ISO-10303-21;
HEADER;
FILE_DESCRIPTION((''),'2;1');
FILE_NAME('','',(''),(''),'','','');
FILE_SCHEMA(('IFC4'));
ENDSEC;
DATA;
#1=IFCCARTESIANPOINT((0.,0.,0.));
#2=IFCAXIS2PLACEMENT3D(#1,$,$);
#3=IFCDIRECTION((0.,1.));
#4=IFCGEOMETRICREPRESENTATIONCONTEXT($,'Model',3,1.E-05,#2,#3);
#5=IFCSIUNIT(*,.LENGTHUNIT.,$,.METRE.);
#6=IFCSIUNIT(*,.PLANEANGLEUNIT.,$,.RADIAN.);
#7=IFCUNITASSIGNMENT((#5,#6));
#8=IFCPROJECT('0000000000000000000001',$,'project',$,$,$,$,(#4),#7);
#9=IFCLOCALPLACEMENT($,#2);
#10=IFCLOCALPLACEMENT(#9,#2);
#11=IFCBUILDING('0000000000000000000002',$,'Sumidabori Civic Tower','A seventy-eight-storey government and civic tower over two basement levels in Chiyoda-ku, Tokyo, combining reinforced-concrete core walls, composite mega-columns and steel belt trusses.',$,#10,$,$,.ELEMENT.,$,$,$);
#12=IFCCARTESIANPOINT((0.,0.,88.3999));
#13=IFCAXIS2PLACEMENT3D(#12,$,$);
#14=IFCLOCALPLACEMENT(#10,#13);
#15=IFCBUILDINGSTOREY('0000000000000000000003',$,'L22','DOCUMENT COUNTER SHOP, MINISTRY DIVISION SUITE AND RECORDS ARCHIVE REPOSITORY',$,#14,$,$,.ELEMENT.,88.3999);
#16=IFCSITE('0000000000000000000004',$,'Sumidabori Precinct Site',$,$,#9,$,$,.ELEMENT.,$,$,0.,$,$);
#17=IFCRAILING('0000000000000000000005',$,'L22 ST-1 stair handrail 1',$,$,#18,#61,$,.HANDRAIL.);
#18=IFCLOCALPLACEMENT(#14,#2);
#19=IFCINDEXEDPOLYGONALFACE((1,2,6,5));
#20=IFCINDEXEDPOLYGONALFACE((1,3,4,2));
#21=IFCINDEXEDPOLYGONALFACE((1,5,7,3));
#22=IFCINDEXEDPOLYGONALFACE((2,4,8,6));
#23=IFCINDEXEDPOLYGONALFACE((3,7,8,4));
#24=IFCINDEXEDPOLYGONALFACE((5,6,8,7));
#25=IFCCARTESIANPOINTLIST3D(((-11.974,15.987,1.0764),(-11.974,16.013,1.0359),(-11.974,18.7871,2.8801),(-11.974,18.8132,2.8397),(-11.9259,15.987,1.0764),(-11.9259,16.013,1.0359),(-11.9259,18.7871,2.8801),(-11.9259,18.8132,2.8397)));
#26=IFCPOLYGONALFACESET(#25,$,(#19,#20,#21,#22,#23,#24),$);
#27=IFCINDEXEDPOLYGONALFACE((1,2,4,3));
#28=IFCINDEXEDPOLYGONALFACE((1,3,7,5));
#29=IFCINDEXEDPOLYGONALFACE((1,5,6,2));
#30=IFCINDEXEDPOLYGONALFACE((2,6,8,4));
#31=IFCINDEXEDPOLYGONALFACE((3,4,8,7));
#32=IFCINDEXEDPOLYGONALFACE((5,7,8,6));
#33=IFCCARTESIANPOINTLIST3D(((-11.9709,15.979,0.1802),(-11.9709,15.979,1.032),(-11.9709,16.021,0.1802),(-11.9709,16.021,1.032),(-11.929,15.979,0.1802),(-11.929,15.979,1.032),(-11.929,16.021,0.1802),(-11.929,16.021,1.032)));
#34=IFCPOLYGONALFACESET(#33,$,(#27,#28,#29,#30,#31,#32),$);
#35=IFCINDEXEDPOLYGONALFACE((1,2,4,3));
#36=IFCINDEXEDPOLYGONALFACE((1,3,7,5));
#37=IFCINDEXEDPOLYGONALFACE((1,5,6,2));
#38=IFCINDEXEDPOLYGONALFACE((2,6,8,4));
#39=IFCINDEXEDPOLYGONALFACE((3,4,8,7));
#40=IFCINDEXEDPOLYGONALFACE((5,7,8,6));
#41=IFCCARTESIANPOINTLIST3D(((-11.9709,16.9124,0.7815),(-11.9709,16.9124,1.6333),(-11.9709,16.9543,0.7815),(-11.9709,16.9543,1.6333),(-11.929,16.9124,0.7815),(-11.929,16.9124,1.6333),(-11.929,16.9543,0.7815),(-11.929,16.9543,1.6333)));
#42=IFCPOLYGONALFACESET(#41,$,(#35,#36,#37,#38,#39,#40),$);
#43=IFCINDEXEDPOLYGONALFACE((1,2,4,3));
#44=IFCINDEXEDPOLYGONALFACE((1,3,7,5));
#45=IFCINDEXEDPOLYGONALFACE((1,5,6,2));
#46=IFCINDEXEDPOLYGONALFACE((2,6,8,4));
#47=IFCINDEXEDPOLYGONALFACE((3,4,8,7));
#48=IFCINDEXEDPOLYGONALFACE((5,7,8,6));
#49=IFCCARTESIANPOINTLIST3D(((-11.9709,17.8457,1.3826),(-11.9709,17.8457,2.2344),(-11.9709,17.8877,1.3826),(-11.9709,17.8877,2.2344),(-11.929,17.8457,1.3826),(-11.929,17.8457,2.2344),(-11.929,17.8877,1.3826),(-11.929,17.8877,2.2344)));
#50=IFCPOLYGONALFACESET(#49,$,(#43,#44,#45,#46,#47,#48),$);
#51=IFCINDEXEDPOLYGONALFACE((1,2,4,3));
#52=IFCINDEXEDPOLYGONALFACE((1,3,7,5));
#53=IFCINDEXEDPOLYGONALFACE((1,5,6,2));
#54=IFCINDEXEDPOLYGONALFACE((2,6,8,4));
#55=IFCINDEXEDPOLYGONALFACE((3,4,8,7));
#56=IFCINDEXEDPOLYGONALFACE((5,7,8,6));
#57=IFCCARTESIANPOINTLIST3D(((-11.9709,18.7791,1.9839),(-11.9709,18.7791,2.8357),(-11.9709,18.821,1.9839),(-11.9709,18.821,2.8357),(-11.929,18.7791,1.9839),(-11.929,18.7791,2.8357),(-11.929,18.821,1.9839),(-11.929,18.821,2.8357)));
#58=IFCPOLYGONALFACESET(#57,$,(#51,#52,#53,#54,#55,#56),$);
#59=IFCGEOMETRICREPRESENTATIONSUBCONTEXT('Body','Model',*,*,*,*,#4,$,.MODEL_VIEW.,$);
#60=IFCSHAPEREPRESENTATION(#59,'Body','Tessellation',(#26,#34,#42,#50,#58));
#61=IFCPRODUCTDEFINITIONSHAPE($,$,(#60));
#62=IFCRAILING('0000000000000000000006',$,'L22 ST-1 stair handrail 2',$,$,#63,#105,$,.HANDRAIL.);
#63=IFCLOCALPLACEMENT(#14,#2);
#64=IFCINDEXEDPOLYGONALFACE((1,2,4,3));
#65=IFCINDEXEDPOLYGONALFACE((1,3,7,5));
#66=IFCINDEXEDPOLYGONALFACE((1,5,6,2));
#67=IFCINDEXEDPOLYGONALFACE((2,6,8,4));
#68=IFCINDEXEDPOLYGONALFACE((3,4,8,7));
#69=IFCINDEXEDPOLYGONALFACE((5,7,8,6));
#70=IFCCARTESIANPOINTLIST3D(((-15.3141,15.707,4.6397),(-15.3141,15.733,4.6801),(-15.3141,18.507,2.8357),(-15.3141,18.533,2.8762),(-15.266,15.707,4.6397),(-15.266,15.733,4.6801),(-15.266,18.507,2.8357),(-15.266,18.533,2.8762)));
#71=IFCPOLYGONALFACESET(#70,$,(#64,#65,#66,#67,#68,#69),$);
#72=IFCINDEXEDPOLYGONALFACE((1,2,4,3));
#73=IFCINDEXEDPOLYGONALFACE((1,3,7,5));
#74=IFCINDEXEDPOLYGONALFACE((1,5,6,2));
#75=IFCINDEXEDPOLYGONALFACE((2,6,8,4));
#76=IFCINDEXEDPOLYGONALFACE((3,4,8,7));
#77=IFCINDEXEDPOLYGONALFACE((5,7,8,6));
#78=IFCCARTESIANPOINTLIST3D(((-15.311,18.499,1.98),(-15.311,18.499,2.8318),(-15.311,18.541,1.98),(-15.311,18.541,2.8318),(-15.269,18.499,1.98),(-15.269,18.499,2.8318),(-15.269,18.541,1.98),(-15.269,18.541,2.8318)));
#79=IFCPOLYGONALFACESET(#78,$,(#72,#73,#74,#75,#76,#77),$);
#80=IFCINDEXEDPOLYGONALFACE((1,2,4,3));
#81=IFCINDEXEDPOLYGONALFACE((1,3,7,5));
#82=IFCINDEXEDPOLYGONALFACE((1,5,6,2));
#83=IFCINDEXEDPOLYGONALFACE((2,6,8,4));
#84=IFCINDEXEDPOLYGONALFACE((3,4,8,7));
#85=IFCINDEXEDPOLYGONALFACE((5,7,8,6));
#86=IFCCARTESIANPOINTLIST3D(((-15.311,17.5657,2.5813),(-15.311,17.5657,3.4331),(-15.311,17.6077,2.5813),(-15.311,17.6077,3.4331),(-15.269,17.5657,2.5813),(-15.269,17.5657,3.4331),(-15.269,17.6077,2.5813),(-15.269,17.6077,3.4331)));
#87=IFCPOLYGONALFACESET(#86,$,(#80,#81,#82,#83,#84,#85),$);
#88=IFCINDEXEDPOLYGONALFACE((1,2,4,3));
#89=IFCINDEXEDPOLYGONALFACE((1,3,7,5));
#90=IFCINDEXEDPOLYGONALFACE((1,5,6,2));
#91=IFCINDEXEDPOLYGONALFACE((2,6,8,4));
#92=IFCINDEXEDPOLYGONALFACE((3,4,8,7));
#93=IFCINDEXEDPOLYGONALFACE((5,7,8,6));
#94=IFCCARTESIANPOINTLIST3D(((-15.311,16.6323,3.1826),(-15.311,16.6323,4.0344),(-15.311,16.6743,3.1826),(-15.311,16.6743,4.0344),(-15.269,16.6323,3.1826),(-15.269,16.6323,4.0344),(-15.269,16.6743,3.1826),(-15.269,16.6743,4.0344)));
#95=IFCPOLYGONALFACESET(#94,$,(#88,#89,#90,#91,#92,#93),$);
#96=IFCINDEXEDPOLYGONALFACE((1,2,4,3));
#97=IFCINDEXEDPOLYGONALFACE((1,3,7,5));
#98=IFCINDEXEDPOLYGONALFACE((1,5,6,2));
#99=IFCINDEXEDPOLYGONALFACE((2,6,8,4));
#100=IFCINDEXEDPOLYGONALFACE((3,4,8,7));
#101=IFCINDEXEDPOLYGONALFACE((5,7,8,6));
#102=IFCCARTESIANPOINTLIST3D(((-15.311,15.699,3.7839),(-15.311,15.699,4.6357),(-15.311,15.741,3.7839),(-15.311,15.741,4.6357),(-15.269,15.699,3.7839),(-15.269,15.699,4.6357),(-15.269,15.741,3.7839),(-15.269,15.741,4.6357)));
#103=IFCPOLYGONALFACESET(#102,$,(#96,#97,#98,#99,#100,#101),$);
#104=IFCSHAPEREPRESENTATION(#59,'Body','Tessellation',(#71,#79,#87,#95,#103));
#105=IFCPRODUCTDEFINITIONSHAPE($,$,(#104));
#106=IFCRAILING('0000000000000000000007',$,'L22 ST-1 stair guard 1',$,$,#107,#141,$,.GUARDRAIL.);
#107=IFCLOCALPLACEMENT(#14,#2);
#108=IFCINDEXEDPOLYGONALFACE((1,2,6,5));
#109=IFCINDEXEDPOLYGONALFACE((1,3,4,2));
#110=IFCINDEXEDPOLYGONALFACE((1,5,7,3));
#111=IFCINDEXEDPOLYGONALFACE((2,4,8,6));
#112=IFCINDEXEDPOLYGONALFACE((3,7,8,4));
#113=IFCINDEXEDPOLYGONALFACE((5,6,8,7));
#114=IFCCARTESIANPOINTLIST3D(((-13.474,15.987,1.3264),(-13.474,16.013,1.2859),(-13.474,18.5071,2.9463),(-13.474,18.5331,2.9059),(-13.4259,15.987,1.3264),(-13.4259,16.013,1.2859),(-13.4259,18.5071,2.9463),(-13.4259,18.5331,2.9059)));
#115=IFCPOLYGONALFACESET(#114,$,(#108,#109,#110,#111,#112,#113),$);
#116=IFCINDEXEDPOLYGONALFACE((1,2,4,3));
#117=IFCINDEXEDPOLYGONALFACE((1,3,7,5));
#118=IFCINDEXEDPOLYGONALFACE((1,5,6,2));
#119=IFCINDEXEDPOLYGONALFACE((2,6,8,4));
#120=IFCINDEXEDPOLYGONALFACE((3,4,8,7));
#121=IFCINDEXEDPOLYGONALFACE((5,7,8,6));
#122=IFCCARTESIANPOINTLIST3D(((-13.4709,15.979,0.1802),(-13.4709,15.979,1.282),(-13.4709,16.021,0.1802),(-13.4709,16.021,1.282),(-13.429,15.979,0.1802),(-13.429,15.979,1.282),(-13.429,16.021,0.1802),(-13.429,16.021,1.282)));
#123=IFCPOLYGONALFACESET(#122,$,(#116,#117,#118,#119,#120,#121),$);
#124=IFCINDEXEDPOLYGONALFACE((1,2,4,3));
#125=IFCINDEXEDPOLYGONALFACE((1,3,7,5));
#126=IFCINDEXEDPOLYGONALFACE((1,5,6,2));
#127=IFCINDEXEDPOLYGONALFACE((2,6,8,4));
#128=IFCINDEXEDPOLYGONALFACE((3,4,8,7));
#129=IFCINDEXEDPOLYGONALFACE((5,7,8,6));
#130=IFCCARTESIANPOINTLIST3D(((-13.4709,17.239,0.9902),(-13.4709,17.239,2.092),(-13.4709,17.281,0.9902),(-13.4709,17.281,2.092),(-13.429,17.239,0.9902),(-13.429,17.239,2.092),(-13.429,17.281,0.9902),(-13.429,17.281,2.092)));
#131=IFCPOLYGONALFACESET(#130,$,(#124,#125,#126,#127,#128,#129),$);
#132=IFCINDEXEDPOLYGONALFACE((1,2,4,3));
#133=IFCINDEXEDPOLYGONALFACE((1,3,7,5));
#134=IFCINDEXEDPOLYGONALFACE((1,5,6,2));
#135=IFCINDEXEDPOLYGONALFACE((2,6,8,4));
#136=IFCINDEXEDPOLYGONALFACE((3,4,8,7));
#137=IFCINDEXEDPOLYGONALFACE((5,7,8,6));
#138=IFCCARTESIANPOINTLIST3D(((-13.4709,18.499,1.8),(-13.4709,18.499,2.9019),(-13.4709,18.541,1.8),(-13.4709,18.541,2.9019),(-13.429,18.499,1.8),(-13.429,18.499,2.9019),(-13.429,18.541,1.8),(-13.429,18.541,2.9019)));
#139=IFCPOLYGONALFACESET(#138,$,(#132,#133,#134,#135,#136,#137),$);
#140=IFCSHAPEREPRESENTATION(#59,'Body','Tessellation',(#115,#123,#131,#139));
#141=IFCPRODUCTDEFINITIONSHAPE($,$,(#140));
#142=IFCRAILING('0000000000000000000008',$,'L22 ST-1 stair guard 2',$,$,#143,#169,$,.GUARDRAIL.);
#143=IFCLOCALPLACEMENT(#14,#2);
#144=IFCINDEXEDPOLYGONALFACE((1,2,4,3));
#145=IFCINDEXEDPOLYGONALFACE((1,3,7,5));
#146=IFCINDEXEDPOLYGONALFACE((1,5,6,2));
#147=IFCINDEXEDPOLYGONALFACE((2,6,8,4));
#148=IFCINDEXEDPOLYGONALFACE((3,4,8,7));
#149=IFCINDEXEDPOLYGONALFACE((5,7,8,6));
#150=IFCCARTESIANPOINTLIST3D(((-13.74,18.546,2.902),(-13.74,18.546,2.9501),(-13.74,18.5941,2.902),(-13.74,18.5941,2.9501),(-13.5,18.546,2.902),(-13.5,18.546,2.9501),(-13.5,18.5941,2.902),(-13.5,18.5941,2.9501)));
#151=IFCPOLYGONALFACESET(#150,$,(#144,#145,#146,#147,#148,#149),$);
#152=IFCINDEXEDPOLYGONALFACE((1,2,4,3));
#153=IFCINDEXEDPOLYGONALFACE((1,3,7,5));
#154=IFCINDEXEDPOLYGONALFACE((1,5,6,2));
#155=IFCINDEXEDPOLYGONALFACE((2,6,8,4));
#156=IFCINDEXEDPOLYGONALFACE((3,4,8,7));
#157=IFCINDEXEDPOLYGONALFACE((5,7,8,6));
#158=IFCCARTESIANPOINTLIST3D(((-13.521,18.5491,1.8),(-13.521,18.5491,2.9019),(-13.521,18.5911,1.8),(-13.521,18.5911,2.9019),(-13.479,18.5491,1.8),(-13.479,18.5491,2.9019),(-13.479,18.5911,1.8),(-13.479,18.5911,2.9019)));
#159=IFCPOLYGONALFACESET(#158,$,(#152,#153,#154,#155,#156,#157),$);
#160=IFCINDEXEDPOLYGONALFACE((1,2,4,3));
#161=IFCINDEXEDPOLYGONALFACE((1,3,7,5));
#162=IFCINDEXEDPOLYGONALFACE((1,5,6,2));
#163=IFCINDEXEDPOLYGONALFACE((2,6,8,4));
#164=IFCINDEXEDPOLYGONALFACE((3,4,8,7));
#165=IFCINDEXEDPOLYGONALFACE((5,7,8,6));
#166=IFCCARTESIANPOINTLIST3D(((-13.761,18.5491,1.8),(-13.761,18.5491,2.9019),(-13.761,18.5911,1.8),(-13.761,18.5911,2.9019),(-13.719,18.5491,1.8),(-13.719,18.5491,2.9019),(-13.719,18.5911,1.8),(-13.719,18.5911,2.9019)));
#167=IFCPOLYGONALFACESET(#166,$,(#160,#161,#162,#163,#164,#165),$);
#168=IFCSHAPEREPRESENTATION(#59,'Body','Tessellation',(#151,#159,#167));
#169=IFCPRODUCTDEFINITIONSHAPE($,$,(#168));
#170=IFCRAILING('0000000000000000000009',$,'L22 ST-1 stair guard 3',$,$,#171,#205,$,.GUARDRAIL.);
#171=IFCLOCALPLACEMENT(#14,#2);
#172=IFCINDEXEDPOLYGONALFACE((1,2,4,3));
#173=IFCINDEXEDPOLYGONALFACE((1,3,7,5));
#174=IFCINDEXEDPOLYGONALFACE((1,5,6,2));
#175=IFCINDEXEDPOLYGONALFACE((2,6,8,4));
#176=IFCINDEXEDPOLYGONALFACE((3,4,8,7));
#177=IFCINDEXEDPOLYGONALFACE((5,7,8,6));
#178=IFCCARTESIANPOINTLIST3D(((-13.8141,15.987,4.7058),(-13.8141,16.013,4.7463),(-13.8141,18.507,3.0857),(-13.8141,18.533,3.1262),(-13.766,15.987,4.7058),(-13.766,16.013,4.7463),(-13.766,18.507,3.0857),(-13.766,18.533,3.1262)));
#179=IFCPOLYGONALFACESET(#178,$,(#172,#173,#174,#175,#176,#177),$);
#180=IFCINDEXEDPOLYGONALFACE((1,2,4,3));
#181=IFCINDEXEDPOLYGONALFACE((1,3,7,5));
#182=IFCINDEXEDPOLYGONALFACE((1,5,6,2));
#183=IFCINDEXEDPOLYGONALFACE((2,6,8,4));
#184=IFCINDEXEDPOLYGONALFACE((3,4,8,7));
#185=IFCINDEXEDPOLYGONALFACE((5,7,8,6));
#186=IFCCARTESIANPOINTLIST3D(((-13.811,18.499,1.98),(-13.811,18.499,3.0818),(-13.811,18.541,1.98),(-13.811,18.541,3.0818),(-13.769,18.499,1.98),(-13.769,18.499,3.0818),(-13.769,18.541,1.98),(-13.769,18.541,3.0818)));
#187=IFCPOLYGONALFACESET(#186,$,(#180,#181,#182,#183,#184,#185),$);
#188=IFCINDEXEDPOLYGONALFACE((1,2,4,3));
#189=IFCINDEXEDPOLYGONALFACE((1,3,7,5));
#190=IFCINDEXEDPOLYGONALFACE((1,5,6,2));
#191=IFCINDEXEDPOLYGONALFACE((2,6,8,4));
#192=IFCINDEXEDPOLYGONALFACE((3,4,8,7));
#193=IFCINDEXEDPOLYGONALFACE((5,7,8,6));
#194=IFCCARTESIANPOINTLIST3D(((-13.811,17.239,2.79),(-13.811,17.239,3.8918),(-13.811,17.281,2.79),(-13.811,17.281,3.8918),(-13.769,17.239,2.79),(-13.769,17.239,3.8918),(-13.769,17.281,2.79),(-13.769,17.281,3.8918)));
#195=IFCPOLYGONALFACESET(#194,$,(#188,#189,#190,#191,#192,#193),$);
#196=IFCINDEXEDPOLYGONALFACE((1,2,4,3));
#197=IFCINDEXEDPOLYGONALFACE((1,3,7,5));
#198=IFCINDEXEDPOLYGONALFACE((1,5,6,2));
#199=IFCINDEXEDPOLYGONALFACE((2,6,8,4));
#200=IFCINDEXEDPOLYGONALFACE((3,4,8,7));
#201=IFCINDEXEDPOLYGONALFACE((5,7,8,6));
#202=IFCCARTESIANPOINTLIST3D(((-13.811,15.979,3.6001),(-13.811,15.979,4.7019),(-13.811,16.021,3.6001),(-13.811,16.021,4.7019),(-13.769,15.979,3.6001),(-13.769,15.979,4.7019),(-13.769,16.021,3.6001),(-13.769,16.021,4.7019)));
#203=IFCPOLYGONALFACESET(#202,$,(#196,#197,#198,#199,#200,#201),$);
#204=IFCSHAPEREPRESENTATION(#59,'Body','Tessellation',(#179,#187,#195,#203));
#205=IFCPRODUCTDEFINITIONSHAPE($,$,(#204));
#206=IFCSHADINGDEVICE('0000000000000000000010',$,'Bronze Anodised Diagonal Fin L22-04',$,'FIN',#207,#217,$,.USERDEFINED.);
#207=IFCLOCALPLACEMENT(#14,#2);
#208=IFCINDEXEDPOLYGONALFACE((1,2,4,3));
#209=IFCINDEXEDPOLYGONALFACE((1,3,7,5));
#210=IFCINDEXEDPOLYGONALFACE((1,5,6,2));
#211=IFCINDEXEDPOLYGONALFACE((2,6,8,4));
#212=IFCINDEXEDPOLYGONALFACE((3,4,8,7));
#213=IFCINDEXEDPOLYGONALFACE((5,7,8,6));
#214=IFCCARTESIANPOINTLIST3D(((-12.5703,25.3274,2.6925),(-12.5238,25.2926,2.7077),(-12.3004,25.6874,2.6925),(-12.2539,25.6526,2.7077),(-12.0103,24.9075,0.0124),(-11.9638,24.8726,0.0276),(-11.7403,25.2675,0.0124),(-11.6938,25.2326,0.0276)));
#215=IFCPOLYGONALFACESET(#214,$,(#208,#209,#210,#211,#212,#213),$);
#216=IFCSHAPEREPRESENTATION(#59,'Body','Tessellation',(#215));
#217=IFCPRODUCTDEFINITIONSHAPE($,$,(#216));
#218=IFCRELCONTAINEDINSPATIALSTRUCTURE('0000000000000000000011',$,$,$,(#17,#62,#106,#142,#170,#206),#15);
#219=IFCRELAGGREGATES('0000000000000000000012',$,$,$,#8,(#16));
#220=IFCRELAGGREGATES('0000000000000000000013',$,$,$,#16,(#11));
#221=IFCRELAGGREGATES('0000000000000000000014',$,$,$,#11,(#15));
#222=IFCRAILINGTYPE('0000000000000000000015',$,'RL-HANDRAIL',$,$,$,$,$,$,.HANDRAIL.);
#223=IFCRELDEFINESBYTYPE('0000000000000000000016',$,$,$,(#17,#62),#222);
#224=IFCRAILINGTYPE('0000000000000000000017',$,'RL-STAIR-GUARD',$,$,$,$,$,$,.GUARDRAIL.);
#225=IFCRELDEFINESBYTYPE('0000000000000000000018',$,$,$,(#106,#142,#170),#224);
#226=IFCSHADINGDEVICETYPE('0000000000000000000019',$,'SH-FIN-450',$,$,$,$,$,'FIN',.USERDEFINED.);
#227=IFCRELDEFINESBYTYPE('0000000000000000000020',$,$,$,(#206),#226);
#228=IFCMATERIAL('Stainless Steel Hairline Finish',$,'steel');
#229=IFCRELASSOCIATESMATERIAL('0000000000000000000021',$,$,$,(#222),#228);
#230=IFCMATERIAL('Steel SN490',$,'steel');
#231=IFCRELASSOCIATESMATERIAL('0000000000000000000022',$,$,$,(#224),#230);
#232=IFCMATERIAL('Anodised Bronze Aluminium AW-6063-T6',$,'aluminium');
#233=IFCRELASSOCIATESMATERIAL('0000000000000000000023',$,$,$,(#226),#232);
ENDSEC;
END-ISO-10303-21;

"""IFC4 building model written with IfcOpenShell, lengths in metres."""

from ifc_helpers import new_model, si_unit, direction, frame, origin, origin_2d, place, context, subcontext, project, spatial, rectangle, extrude, source, transform, mapped, material, material_profile, profile_set, type_object, element, save


model = new_model("IFC4")

# Units and contexts
model_context = context("Model", 3, precision=1e-05, world=origin(), true_north=direction((0.0, 1.0)))
body_context = subcontext(model_context, "Body", "Model", "MODEL_VIEW")
ifc_project = project(units=[si_unit("LENGTHUNIT", "METRE"), si_unit("PLANEANGLEUNIT", "RADIAN")], contexts=[model_context])

# Site, building, storey
site_placement = place(None, origin())
site = spatial("IfcSite", under=ifc_project, at=site_placement, Name="Sumidabori Precinct Site", CompositionType="ELEMENT", RefElevation=0.0)
building_placement = place(site_placement, origin())
building = spatial("IfcBuilding", under=site, at=building_placement, Name="Sumidabori Civic Tower", Description="A seventy-eight-storey government and civic tower over two basement levels in Chiyoda-ku, Tokyo, combining reinforced-concrete core walls, composite mega-columns and steel belt trusses.", CompositionType="ELEMENT")
storey_placement = place(building_placement, frame((0.0, 0.0, 88.3999)))
storey = spatial("IfcBuildingStorey", under=building, at=storey_placement, Name="L22", Description="DOCUMENT COUNTER SHOP, MINISTRY DIVISION SUITE AND RECORDS ARCHIVE REPOSITORY", CompositionType="ELEMENT", Elevation=88.3999)

# Shared definitions
ifc_material_1 = material(Name="Steel SN490", Category="steel")

# Shared definitions
ifc_material_2 = material(Name="Anodised Bronze Aluminium AW-6063-T6", Category="aluminium")

# Railings
ifc_material_3 = material(Name="Stainless Steel Hairline Finish", Category="steel")
railing_type_1 = type_object("IfcRailingType", Name="RL-HANDRAIL", PredefinedType="HANDRAIL", material=ifc_material_3)
railing_1_placement = place(storey_placement, frame((-11.95, 16.0, 0.1802)))
element("IfcRailing", 1, at=railing_1_placement, inside=storey, type_object=railing_type_1, Name="L22 ST-1 stair handrail 1", PredefinedType="HANDRAIL", context=body_context, shape_type="SweptSolid", body=[
    extrude(rectangle(XDim=0.0481, YDim=0.0481, at=origin_2d()), frame((0.0, 0.0, 0.876), z_axis=(0.0, 0.840676, 0.541539), x_axis=(-1.0, 0.0, 0.0)), (0.0, 0.0, 1.0), 3.3308),
    extrude(rectangle(XDim=0.042, YDim=0.042, at=origin_2d()), origin(), (0.0, 0.0, 1.0), 0.8518),
    extrude(rectangle(XDim=0.042, YDim=0.042, at=origin_2d()), frame((0.0, 0.9333, 0.6013)), (0.0, 0.0, 1.0), 0.8518),
    extrude(rectangle(XDim=0.042, YDim=0.042, at=origin_2d()), frame((0.0, 1.8667, 1.2024)), (0.0, 0.0, 1.0), 0.8518),
    extrude(rectangle(XDim=0.042, YDim=0.042, at=origin_2d()), frame((0.0, 2.8, 1.8037)), (0.0, 0.0, 1.0), 0.8518),
])
railing_2_placement = place(storey_placement, frame((-15.29, 18.52, 1.98)))
element("IfcRailing", 2, at=railing_2_placement, inside=storey, type_object=railing_type_1, Name="L22 ST-1 stair handrail 2", PredefinedType="HANDRAIL", context=body_context, shape_type="SweptSolid", body=[
    extrude(rectangle(XDim=0.0481, YDim=0.0481, at=origin_2d()), frame((0.0, 0.0, 0.876), z_axis=(0.0, -0.840642, 0.541591), x_axis=(1.0, 0.0, 0.0)), (0.0, 0.0, 1.0), 3.3308),
    extrude(rectangle(XDim=0.042, YDim=0.042, at=origin_2d()), origin(), (0.0, 0.0, 1.0), 0.8518),
    extrude(rectangle(XDim=0.042, YDim=0.042, at=origin_2d()), frame((0.0, -0.9333, 0.6013)), (0.0, 0.0, 1.0), 0.8518),
    extrude(rectangle(XDim=0.042, YDim=0.042, at=origin_2d()), frame((0.0, -1.8667, 1.2026)), (0.0, 0.0, 1.0), 0.8518),
    extrude(rectangle(XDim=0.042, YDim=0.042, at=origin_2d()), frame((0.0, -2.8, 1.804)), (0.0, 0.0, 1.0), 0.8518),
])
railing_type_2 = type_object("IfcRailingType", Name="RL-STAIR-GUARD", PredefinedType="GUARDRAIL", material=ifc_material_1)
railing_3_placement = place(storey_placement, frame((-13.45, 16.0, 0.1802)))
element("IfcRailing", 3, at=railing_3_placement, inside=storey, type_object=railing_type_2, Name="L22 ST-1 stair guard 1", PredefinedType="GUARDRAIL", context=body_context, shape_type="SweptSolid", body=[
    extrude(rectangle(XDim=0.0481, YDim=0.0481, at=origin_2d()), frame((0.0, 0.0, 1.126), z_axis=(0.0, 0.8412, 0.540725), x_axis=(-1.0, 0.0, 0.0)), (0.0, 0.0, 1.0), 2.9958),
    extrude(rectangle(XDim=0.042, YDim=0.042, at=origin_2d()), origin(), (0.0, 0.0, 1.0), 1.1018),
    extrude(rectangle(XDim=0.042, YDim=0.042, at=origin_2d()), frame((0.0, 1.26, 0.8101)), (0.0, 0.0, 1.0), 1.1018),
    extrude(rectangle(XDim=0.042, YDim=0.042, at=origin_2d()), frame((0.0, 2.52, 1.6199)), (0.0, 0.0, 1.0), 1.1018),
])
railing_4_placement = place(storey_placement, frame((-13.5, 18.5701, 1.8)))
element("IfcRailing", 4, at=railing_4_placement, inside=storey, type_object=railing_type_2, Name="L22 ST-1 stair guard 2", PredefinedType="GUARDRAIL", context=body_context, shape_type="SweptSolid", body=[
    extrude(rectangle(XDim=0.0481, YDim=0.0481, at=origin_2d()), frame((0.0, 0.0, 1.126), z_axis=(-1.0, 0.0, 0.0), x_axis=(0.0, -1.0, 0.0)), (0.0, 0.0, 1.0), 0.24),
    extrude(rectangle(XDim=0.042, YDim=0.042, at=origin_2d()), origin(), (0.0, 0.0, 1.0), 1.1018),
    extrude(rectangle(XDim=0.042, YDim=0.042, at=origin_2d()), frame((-0.24, 0.0, 0.0)), (0.0, 0.0, 1.0), 1.1018),
])
railing_5_placement = place(storey_placement, frame((-13.79, 18.52, 1.98)))
element("IfcRailing", 5, at=railing_5_placement, inside=storey, type_object=railing_type_2, Name="L22 ST-1 stair guard 3", PredefinedType="GUARDRAIL", context=body_context, shape_type="SweptSolid", body=[
    extrude(rectangle(XDim=0.0481, YDim=0.0481, at=origin_2d()), frame((0.0, 0.0, 1.126), z_axis=(0.0, -0.841163, 0.540782), x_axis=(1.0, 0.0, 0.0)), (0.0, 0.0, 1.0), 2.9958),
    extrude(rectangle(XDim=0.042, YDim=0.042, at=origin_2d()), origin(), (0.0, 0.0, 1.0), 1.1018),
    extrude(rectangle(XDim=0.042, YDim=0.042, at=origin_2d()), frame((0.0, -1.26, 0.8101)), (0.0, 0.0, 1.0), 1.1018),
    extrude(rectangle(XDim=0.042, YDim=0.042, at=origin_2d()), frame((0.0, -2.52, 1.6201)), (0.0, 0.0, 1.0), 1.1018),
])

# Shading device
ifc_material_profile_1 = material_profile(ifc_material_2, rectangle(XDim=0.0601, YDim=0.45, at=origin_2d()), Name="BRONZE FIN 450x60")
ifc_profile_set_1 = profile_set([ifc_material_profile_1], Name="Anodised Bronze Aluminium AW-6063-T6")
shading_device_type = type_object("IfcShadingDeviceType", Name="SH-FIN-450", ElementType="FIN", PredefinedType="USERDEFINED", material=ifc_profile_set_1)
shared_shape_1 = source(origin(), body_context, "Body", "SweptSolid", [
    extrude(rectangle(XDim=0.0601, YDim=0.45, at=origin_2d()), origin(), (0.0, 0.0, 1.0), 2.77),
])
shading_device_placement = place(storey_placement, frame((-11.8521, 25.0701, 0.02), z_axis=(-0.202181, 0.151592, 0.967545), x_axis=(0.774117, -0.580419, 0.2527)))
element("IfcShadingDevice", 6, at=shading_device_placement, inside=storey, type_object=shading_device_type, Name="Bronze Anodised Diagonal Fin L22-04", ObjectType="FIN", PredefinedType="USERDEFINED", context=body_context, shape_type="MappedRepresentation", body=[
    mapped(shared_shape_1, transform((0.0, 0.0, 0.0), x_axis=(1.0, 0.0, 0.0), y_axis=(0.0, 1.0, 0.0), z_axis=(0.0, 0.0, 1.0), scale=1.0)),
])

save(model, "model.ifc")
